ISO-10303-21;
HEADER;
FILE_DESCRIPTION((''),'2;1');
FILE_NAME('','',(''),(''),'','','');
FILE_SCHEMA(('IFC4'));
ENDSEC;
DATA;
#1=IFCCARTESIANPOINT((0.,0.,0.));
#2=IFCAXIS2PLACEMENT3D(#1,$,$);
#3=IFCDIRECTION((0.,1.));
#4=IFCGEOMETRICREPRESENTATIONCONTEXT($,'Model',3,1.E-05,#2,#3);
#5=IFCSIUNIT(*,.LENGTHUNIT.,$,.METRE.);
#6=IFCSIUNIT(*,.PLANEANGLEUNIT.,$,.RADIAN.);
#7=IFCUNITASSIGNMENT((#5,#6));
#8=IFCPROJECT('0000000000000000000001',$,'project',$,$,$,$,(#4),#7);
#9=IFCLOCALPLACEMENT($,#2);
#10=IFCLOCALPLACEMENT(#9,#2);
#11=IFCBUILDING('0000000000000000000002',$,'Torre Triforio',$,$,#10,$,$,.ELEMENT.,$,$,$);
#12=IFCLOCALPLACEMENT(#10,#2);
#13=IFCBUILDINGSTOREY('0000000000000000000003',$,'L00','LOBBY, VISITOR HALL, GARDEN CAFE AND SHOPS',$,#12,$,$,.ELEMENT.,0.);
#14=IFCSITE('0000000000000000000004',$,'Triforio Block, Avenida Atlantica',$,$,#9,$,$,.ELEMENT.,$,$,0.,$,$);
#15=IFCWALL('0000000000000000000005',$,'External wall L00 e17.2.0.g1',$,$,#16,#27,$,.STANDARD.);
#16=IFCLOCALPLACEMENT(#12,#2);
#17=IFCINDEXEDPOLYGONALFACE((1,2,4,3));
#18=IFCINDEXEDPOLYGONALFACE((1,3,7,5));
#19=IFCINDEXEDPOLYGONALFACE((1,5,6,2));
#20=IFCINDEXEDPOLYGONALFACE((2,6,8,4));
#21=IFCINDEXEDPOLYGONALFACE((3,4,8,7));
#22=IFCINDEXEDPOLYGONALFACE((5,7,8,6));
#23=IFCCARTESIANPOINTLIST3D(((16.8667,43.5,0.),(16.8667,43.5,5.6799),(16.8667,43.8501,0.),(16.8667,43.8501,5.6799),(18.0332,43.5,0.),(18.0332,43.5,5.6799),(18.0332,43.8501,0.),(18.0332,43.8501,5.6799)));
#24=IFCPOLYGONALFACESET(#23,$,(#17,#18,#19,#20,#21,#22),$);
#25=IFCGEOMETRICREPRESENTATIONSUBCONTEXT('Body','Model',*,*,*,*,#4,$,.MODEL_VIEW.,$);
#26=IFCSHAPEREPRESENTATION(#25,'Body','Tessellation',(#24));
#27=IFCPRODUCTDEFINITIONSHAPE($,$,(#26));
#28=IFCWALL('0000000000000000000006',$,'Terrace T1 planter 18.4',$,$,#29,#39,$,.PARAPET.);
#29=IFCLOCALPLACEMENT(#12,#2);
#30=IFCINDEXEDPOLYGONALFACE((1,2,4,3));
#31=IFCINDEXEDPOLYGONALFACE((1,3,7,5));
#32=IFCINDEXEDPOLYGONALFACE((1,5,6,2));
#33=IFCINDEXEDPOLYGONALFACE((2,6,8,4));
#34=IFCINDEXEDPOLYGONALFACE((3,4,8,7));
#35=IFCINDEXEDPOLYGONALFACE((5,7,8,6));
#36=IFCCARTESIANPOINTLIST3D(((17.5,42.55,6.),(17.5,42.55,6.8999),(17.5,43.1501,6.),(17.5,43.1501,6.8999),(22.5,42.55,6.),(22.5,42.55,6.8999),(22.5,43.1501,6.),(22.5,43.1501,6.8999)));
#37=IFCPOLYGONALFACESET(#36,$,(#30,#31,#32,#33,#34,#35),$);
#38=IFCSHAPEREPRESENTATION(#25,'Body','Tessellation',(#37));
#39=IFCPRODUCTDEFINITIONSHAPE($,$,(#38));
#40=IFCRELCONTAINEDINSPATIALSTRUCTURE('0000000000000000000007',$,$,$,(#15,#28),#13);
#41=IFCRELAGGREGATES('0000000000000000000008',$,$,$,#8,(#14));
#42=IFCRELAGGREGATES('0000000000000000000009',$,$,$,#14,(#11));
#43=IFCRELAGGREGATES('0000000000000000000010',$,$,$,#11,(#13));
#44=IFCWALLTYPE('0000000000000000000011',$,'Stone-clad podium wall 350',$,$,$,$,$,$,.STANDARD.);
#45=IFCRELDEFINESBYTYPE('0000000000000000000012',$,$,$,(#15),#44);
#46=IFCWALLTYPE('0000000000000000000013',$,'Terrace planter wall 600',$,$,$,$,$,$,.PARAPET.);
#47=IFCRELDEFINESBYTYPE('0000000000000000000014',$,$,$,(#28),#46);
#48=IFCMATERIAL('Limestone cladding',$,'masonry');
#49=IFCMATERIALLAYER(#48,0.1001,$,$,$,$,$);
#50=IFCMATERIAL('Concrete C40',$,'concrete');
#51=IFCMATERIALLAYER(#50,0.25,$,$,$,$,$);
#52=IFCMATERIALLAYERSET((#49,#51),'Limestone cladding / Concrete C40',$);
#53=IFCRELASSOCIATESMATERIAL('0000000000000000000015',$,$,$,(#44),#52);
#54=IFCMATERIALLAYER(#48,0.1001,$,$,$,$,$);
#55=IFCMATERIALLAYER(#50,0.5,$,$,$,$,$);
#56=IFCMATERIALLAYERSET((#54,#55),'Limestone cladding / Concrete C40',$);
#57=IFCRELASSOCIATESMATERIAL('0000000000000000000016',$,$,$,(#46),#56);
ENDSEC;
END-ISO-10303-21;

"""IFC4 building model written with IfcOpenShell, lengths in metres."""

from ifc_helpers import new_model, si_unit, direction, frame, frame_2d, origin, place, context, subcontext, project, spatial, rectangle, extrude, material, layer, layer_set, type_object, element, save


model = new_model("IFC4")

# Units and contexts
model_context = context("Model", 3, precision=1e-05, world=origin(), true_north=direction((0.0, 1.0)))
body_context = subcontext(model_context, "Body", "Model", "MODEL_VIEW")
ifc_project = project(units=[si_unit("LENGTHUNIT", "METRE"), si_unit("PLANEANGLEUNIT", "RADIAN")], contexts=[model_context])

# Site, building, storey
site_placement = place(None, origin())
site = spatial("IfcSite", under=ifc_project, at=site_placement, Name="Triforio Block, Avenida Atlantica", CompositionType="ELEMENT", RefElevation=0.0)
building_placement = place(site_placement, origin())
building = spatial("IfcBuilding", under=site, at=building_placement, Name="Torre Triforio", CompositionType="ELEMENT")
storey_placement = place(building_placement, origin())
storey = spatial("IfcBuildingStorey", under=building, at=storey_placement, Name="L00", Description="LOBBY, VISITOR HALL, GARDEN CAFE AND SHOPS", CompositionType="ELEMENT", Elevation=0.0)

# Walls
ifc_material_1 = material(Name="Limestone cladding", Category="masonry")
ifc_layer_1 = layer(ifc_material_1, 0.1001)
ifc_material_2 = material(Name="Concrete C40", Category="concrete")
ifc_layer_2 = layer(ifc_material_2, 0.25)
ifc_layer_set_1 = layer_set([ifc_layer_1, ifc_layer_2], Name="Limestone cladding / Concrete C40")
wall_type_1 = type_object("IfcWallType", Name="Stone-clad podium wall 350", PredefinedType="STANDARD", material=ifc_layer_set_1)
wall_1_placement = place(storey_placement, frame((18.0332, 43.675, 0.0), z_axis=(0.0, 0.0, 1.0), x_axis=(-1.0, 0.0, 0.0)))
element("IfcWall", 1, at=wall_1_placement, inside=storey, type_object=wall_type_1, Name="External wall L00 e17.2.0.g1", PredefinedType="STANDARD", context=body_context, shape_type="SweptSolid", body=[
    extrude(rectangle(XDim=1.1665, YDim=0.3501, at=frame_2d((0.5833, 0.0))), origin(), (0.0, 0.0, 1.0), 5.6799),
])
ifc_layer_3 = layer(ifc_material_1, 0.1001)
ifc_layer_4 = layer(ifc_material_2, 0.5)
ifc_layer_set_2 = layer_set([ifc_layer_3, ifc_layer_4], Name="Limestone cladding / Concrete C40")
wall_type_2 = type_object("IfcWallType", Name="Terrace planter wall 600", PredefinedType="PARAPET", material=ifc_layer_set_2)
wall_2_placement = place(storey_placement, frame((22.5, 42.8501, 6.0), z_axis=(0.0, 0.0, 1.0), x_axis=(-1.0, 0.0, 0.0)))
element("IfcWall", 2, at=wall_2_placement, inside=storey, type_object=wall_type_2, Name="Terrace T1 planter 18.4", PredefinedType="PARAPET", context=body_context, shape_type="SweptSolid", body=[
    extrude(rectangle(XDim=5.0, YDim=0.6001, at=frame_2d((2.5, 0.0))), origin(), (0.0, 0.0, 1.0), 0.8999),
])

save(model, "model.ifc")
